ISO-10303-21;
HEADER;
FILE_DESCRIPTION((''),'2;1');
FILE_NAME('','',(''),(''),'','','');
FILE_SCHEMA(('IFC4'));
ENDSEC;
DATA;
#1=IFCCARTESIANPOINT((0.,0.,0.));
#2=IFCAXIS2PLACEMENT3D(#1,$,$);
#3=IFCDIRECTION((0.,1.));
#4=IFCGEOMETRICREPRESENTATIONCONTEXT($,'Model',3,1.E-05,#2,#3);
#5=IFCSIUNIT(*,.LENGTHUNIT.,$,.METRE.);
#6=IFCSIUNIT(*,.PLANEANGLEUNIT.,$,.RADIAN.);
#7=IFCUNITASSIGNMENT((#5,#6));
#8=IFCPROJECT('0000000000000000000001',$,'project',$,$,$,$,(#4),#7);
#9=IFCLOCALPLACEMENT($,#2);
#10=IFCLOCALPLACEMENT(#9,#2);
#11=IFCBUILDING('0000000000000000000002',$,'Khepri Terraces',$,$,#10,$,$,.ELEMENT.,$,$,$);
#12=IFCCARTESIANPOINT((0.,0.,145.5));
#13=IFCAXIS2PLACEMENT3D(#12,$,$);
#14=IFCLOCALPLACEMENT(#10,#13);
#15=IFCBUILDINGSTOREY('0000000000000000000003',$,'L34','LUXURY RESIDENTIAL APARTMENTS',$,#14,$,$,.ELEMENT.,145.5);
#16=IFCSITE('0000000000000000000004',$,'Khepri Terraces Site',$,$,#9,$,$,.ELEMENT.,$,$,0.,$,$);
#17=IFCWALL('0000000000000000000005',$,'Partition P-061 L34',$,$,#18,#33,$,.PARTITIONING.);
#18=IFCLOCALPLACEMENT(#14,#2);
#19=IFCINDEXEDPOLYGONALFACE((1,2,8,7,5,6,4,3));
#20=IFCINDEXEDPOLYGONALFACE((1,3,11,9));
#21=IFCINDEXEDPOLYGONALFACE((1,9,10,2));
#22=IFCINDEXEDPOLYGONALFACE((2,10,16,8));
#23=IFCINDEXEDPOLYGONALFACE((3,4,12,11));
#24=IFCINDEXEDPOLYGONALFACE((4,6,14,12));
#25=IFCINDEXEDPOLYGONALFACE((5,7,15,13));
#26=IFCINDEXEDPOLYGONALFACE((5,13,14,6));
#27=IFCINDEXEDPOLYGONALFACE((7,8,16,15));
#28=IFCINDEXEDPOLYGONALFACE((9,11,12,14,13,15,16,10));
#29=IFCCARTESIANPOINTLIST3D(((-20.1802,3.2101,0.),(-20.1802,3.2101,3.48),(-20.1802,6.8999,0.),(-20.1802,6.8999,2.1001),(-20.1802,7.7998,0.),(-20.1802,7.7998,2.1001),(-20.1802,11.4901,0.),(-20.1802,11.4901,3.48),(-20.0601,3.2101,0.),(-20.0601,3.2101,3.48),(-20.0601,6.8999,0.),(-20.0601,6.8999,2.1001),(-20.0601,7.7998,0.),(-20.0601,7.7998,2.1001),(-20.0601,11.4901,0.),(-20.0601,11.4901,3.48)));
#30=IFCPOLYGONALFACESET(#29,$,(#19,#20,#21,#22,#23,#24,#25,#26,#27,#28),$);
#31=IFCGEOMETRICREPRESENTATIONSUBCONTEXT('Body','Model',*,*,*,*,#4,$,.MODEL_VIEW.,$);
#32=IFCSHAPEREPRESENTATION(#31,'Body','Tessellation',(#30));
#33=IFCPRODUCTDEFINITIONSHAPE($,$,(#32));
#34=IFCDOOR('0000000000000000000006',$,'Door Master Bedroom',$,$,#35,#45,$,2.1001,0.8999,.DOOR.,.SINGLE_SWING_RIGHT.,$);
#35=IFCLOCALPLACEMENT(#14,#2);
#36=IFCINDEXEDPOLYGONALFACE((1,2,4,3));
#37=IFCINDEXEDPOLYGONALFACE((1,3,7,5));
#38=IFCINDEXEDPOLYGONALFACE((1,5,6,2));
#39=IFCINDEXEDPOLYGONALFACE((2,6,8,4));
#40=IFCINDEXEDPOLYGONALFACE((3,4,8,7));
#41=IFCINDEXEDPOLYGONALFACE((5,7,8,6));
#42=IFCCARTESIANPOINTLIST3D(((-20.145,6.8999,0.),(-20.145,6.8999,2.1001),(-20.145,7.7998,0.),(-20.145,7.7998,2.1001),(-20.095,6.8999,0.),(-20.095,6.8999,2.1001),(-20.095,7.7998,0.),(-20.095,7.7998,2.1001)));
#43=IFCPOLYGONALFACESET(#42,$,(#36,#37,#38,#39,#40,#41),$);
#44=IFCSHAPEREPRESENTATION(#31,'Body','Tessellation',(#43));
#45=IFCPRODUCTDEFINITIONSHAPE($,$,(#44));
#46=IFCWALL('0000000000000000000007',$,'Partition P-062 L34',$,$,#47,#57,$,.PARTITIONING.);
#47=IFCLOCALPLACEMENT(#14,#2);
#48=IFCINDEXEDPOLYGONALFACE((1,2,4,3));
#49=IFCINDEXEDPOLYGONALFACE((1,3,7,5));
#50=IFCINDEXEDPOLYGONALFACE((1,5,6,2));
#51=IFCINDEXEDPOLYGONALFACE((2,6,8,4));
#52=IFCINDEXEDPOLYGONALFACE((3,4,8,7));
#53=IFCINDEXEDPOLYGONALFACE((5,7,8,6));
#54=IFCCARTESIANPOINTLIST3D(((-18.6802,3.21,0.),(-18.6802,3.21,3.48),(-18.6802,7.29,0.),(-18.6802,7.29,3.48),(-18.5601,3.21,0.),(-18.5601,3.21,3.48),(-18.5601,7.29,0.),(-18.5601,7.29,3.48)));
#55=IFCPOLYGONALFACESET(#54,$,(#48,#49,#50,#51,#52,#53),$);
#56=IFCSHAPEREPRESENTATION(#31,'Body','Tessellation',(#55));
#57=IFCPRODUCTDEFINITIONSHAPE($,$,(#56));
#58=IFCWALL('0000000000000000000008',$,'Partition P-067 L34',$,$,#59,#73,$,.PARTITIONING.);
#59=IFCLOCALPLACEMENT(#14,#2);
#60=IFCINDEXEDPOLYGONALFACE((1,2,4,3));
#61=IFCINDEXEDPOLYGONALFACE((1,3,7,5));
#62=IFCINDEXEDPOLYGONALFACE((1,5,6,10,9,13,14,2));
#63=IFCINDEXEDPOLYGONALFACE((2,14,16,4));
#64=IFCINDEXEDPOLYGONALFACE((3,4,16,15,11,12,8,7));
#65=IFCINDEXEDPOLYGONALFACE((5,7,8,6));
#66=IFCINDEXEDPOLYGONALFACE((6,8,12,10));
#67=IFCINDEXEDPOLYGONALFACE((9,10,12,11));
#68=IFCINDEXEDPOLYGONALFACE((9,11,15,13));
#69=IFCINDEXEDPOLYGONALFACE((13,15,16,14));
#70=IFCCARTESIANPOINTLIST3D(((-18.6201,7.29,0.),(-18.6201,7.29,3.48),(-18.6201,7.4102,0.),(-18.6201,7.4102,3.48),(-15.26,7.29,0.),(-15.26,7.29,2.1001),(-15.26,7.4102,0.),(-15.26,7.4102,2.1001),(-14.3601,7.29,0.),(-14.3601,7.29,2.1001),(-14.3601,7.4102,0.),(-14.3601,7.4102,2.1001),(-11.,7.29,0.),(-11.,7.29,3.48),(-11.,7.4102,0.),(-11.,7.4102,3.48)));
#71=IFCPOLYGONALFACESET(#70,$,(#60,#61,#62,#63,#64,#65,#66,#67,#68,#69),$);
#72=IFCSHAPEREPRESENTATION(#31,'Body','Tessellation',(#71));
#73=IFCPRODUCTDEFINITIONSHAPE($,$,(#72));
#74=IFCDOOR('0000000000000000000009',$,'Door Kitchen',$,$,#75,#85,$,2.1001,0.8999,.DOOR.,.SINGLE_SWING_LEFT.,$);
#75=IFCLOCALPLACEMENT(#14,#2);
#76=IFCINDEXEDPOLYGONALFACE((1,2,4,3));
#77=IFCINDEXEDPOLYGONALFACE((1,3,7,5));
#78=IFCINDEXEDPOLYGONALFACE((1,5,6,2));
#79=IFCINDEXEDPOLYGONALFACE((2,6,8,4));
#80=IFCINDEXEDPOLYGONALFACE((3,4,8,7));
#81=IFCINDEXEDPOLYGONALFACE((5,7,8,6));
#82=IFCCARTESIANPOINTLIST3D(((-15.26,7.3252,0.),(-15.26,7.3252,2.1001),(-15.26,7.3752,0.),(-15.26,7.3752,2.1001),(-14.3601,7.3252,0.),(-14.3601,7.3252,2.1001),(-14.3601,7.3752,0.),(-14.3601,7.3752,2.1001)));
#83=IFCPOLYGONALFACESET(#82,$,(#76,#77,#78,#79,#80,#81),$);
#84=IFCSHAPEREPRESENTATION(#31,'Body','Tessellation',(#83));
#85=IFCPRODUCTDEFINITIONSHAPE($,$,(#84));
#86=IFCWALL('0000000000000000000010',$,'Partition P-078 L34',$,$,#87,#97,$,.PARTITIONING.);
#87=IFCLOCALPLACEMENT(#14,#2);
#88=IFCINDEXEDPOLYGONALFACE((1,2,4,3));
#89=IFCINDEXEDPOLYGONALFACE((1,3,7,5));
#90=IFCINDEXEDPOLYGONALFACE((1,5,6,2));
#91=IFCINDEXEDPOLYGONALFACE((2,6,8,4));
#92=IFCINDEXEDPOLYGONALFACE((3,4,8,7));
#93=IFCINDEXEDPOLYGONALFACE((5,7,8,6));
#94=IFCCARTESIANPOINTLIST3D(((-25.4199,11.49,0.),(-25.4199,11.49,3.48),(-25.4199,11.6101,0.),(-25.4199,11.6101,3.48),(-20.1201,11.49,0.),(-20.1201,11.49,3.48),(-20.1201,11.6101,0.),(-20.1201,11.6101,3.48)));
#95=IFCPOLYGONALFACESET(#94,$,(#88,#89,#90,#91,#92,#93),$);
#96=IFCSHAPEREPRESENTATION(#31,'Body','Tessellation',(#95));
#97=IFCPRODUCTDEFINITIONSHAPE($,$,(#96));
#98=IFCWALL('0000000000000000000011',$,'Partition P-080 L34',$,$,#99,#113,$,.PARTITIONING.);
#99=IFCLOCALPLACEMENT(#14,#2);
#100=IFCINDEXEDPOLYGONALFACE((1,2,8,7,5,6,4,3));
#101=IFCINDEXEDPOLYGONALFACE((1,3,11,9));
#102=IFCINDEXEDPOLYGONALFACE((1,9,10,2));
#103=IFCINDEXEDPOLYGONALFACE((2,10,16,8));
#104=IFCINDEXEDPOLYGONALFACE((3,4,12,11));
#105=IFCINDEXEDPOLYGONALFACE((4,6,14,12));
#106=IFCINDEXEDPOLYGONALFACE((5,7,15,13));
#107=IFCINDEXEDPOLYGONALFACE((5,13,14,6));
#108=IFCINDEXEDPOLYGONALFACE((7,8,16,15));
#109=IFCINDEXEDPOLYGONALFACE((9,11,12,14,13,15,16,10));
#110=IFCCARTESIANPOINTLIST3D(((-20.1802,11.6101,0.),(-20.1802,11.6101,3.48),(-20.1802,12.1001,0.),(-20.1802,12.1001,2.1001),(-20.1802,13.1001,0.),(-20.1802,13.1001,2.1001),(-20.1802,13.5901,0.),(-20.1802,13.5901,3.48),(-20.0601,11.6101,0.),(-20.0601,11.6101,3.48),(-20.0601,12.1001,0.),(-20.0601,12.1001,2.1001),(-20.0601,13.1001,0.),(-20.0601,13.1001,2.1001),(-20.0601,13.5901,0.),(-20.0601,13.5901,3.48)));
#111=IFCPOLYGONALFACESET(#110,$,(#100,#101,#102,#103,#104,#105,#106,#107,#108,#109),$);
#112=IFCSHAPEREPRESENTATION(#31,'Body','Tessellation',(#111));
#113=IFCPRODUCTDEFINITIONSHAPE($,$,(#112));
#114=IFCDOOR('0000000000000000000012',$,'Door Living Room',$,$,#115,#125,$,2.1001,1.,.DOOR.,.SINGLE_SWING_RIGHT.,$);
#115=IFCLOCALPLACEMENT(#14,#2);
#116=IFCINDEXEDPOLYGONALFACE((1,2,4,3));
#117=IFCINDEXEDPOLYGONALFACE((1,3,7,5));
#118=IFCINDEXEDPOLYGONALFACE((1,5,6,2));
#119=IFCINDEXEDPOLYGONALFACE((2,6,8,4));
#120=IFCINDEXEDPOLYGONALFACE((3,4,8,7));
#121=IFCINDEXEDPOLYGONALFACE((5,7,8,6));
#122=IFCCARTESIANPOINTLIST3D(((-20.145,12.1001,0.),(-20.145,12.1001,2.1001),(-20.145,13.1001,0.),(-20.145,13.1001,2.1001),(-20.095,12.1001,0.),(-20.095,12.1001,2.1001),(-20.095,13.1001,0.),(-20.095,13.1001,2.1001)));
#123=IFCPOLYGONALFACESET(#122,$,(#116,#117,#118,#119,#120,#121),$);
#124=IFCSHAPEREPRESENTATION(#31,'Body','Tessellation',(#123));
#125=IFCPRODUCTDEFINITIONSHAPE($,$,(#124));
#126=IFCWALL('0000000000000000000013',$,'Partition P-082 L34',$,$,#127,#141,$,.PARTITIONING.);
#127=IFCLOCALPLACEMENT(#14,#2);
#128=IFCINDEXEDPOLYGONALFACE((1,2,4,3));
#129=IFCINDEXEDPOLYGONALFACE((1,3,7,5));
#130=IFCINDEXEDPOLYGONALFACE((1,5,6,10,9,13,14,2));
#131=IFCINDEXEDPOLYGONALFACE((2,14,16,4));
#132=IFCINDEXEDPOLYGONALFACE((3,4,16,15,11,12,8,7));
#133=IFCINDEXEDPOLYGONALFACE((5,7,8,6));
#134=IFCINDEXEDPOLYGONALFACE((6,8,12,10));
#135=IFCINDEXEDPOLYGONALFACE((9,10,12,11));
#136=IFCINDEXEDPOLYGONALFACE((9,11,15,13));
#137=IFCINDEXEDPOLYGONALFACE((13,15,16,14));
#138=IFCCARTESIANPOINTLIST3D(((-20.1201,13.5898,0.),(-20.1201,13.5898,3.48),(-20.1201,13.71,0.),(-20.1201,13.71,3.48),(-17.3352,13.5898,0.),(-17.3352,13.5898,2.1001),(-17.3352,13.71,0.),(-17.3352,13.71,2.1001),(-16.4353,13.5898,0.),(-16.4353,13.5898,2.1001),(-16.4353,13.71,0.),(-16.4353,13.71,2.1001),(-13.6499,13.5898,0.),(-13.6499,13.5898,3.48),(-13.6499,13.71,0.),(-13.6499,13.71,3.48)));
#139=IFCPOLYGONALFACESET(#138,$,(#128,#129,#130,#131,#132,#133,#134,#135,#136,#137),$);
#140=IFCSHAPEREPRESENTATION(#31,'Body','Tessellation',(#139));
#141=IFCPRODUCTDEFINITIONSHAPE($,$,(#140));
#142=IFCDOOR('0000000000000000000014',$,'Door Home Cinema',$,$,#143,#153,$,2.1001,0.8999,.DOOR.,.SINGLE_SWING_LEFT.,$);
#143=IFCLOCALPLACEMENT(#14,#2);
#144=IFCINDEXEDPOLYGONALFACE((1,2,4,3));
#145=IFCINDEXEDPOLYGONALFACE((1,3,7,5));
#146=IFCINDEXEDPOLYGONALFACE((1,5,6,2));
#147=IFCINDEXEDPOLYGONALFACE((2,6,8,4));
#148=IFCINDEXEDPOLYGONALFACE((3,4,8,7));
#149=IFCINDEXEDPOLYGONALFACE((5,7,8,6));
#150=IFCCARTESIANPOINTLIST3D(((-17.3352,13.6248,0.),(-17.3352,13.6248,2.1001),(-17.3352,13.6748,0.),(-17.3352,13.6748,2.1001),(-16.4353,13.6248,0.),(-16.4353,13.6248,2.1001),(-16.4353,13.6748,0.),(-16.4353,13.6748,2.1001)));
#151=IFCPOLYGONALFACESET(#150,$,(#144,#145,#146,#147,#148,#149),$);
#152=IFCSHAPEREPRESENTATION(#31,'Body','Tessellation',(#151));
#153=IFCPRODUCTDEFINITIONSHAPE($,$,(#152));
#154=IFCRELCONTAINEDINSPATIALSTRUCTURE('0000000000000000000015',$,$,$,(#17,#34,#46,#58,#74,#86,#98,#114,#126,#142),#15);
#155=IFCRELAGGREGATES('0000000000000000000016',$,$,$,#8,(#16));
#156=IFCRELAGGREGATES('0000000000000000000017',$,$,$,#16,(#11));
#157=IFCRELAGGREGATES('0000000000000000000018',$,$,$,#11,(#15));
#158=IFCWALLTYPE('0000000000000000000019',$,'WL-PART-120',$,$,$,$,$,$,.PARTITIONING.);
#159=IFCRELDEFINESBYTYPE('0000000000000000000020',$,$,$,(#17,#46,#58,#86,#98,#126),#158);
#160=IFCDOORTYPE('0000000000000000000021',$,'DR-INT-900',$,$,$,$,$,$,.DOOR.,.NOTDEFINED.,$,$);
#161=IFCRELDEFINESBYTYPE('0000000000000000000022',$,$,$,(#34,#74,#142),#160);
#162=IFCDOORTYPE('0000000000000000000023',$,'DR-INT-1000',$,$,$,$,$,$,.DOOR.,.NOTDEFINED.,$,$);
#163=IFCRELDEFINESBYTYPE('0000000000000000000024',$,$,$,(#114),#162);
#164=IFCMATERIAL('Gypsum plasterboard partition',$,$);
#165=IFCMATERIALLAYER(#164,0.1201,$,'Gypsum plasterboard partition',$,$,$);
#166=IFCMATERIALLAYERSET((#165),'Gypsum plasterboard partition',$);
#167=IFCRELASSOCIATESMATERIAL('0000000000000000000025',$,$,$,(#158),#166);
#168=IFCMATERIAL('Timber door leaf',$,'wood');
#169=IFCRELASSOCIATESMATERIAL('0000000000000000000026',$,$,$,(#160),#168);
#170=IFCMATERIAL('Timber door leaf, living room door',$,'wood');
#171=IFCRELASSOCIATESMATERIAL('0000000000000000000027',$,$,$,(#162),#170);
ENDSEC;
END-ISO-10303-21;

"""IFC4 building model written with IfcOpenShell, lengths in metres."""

from ifc_helpers import new_model, si_unit, direction, frame, frame_2d, origin, place, context, subcontext, project, spatial, rectangle, extrude, material, layer, layer_set, type_object, element, fill, save


model = new_model("IFC4")

# Units and contexts
model_context = context("Model", 3, precision=1e-05, world=origin(), true_north=direction((0.0, 1.0)))
body_context = subcontext(model_context, "Body", "Model", "MODEL_VIEW")
ifc_project = project(units=[si_unit("LENGTHUNIT", "METRE"), si_unit("PLANEANGLEUNIT", "RADIAN")], contexts=[model_context])

# Site, building, storey
site_placement = place(None, origin())
site = spatial("IfcSite", under=ifc_project, at=site_placement, Name="Khepri Terraces Site", CompositionType="ELEMENT", RefElevation=0.0)
building_placement = place(site_placement, origin())
building = spatial("IfcBuilding", under=site, at=building_placement, Name="Khepri Terraces", CompositionType="ELEMENT")
storey_placement = place(building_placement, frame((0.0, 0.0, 145.5)))
storey = spatial("IfcBuildingStorey", under=building, at=storey_placement, Name="L34", Description="LUXURY RESIDENTIAL APARTMENTS", CompositionType="ELEMENT", Elevation=145.5)

# Shared definitions
ifc_material_1 = material(Name="Gypsum plasterboard partition")
ifc_layer_1 = layer(ifc_material_1, 0.1201, Name="Gypsum plasterboard partition")
ifc_layer_set_1 = layer_set([ifc_layer_1], Name="Gypsum plasterboard partition")
wall_type_1 = type_object("IfcWallType", Name="WL-PART-120", PredefinedType="PARTITIONING", material=ifc_layer_set_1)

# Shared definitions
ifc_material_2 = material(Name="Timber door leaf", Category="wood")
door_type_1 = type_object("IfcDoorType", Name="DR-INT-900", OperationType="NOTDEFINED", PredefinedType="DOOR", material=ifc_material_2)

# Wall, opening, door
wall_1_placement = place(storey_placement, frame((-20.1201, 3.21, 0.0), z_axis=(0.0, 0.0, 1.0), x_axis=(0.0, 1.0, 0.0)))
wall_1 = element("IfcWall", 1, at=wall_1_placement, inside=storey, type_object=wall_type_1, Name="Partition P-061 L34", PredefinedType="PARTITIONING", context=body_context, shape_type="SweptSolid", body=[
    extrude(rectangle(XDim=8.28, YDim=0.1201, at=frame_2d((4.1401, 0.0))), origin(), (0.0, 0.0, 1.0), 3.48),
])
opening_1_placement = place(wall_1_placement, frame((3.6899, 0.0, 0.0)))
opening_1 = element("IfcOpeningElement", 2, at=opening_1_placement, cuts=wall_1, PredefinedType="OPENING", context=body_context, shape_type="SweptSolid", body=[
    extrude(rectangle(XDim=0.8999, YDim=2.1001, at=frame_2d((0.45, 1.05))), frame((0.0, 0.0701, 0.0), z_axis=(0.0, -1.0, 0.0), x_axis=(1.0, 0.0, 0.0)), (0.0, 0.0, 1.0), 0.1401),
])
door_1_placement = place(opening_1_placement, origin())
door_1 = element("IfcDoor", 3, at=door_1_placement, inside=storey, type_object=door_type_1, Name="Door Master Bedroom", OperationType="SINGLE_SWING_RIGHT", OverallHeight=2.1001, OverallWidth=0.8999, PredefinedType="DOOR", context=body_context, shape_type="SweptSolid", body=[
    extrude(rectangle(XDim=0.8999, YDim=2.1001, at=frame_2d((0.45, 1.05))), frame((0.0, 0.0249, 0.0), z_axis=(0.0, -1.0, 0.0), x_axis=(1.0, 0.0, 0.0)), (0.0, 0.0, 1.0), 0.05),
])
fill(opening_1, door_1)

# Wall
wall_2_placement = place(storey_placement, frame((-18.6201, 3.21, 0.0), z_axis=(0.0, 0.0, 1.0), x_axis=(0.0, 1.0, 0.0)))
element("IfcWall", 4, at=wall_2_placement, inside=storey, type_object=wall_type_1, Name="Partition P-062 L34", PredefinedType="PARTITIONING", context=body_context, shape_type="SweptSolid", body=[
    extrude(rectangle(XDim=4.0801, YDim=0.1201, at=frame_2d((2.04, 0.0))), origin(), (0.0, 0.0, 1.0), 3.48),
])

# Wall, opening, door
wall_3_placement = place(storey_placement, frame((-18.6201, 7.3501, 0.0), z_axis=(0.0, 0.0, 1.0), x_axis=(1.0, 0.0, 0.0)))
wall_3 = element("IfcWall", 5, at=wall_3_placement, inside=storey, type_object=wall_type_1, Name="Partition P-067 L34", PredefinedType="PARTITIONING", context=body_context, shape_type="SweptSolid", body=[
    extrude(rectangle(XDim=7.6201, YDim=0.1201, at=frame_2d((3.8101, 0.0))), origin(), (0.0, 0.0, 1.0), 3.48),
])
opening_2_placement = place(wall_3_placement, frame((3.3601, 0.0, 0.0)))
opening_2 = element("IfcOpeningElement", 6, at=opening_2_placement, cuts=wall_3, PredefinedType="OPENING", context=body_context, shape_type="SweptSolid", body=[
    extrude(rectangle(XDim=0.8999, YDim=2.1001, at=frame_2d((0.45, 1.05))), frame((0.0, 0.0701, 0.0), z_axis=(0.0, -1.0, 0.0), x_axis=(1.0, 0.0, 0.0)), (0.0, 0.0, 1.0), 0.1401),
])
door_2_placement = place(opening_2_placement, frame((0.8999, 0.0, 0.0), z_axis=(0.0, 0.0, 1.0), x_axis=(-1.0, 0.0, 0.0)))
door_2 = element("IfcDoor", 7, at=door_2_placement, inside=storey, type_object=door_type_1, Name="Door Kitchen", OperationType="SINGLE_SWING_LEFT", OverallHeight=2.1001, OverallWidth=0.8999, PredefinedType="DOOR", context=body_context, shape_type="SweptSolid", body=[
    extrude(rectangle(XDim=0.8999, YDim=2.1001, at=frame_2d((0.45, 1.05))), frame((0.0, 0.0249, 0.0), z_axis=(0.0, -1.0, 0.0), x_axis=(1.0, 0.0, 0.0)), (0.0, 0.0, 1.0), 0.05),
])
fill(opening_2, door_2)

# Wall
wall_4_placement = place(storey_placement, frame((-25.4199, 11.55, 0.0), z_axis=(0.0, 0.0, 1.0), x_axis=(1.0, 0.0, 0.0)))
element("IfcWall", 8, at=wall_4_placement, inside=storey, type_object=wall_type_1, Name="Partition P-078 L34", PredefinedType="PARTITIONING", context=body_context, shape_type="SweptSolid", body=[
    extrude(rectangle(XDim=5.2998, YDim=0.1201, at=frame_2d((2.6499, 0.0))), origin(), (0.0, 0.0, 1.0), 3.48),
])

# Walls, openings, doors
wall_5_placement = place(storey_placement, frame((-20.1201, 11.6101, 0.0), z_axis=(0.0, 0.0, 1.0), x_axis=(0.0, 1.0, 0.0)))
wall_5 = element("IfcWall", 9, at=wall_5_placement, inside=storey, type_object=wall_type_1, Name="Partition P-080 L34", PredefinedType="PARTITIONING", context=body_context, shape_type="SweptSolid", body=[
    extrude(rectangle(XDim=1.98, YDim=0.1201, at=frame_2d((0.99, 0.0))), origin(), (0.0, 0.0, 1.0), 3.48),
])
opening_3_placement = place(wall_5_placement, frame((0.49, 0.0, 0.0)))
opening_3 = element("IfcOpeningElement", 10, at=opening_3_placement, cuts=wall_5, PredefinedType="OPENING", context=body_context, shape_type="SweptSolid", body=[
    extrude(rectangle(XDim=1.0, YDim=2.1001, at=frame_2d((0.5, 1.05))), frame((0.0, 0.0701, 0.0), z_axis=(0.0, -1.0, 0.0), x_axis=(1.0, 0.0, 0.0)), (0.0, 0.0, 1.0), 0.1401),
])
ifc_material_3 = material(Name="Timber door leaf, living room door", Category="wood")
door_type_2 = type_object("IfcDoorType", Name="DR-INT-1000", OperationType="NOTDEFINED", PredefinedType="DOOR", material=ifc_material_3)
door_3_placement = place(opening_3_placement, origin())
door_3 = element("IfcDoor", 11, at=door_3_placement, inside=storey, type_object=door_type_2, Name="Door Living Room", OperationType="SINGLE_SWING_RIGHT", OverallHeight=2.1001, OverallWidth=1.0, PredefinedType="DOOR", context=body_context, shape_type="SweptSolid", body=[
    extrude(rectangle(XDim=1.0, YDim=2.1001, at=frame_2d((0.5, 1.05))), frame((0.0, 0.0249, 0.0), z_axis=(0.0, -1.0, 0.0), x_axis=(1.0, 0.0, 0.0)), (0.0, 0.0, 1.0), 0.05),
])
fill(opening_3, door_3)
wall_6_placement = place(storey_placement, frame((-20.1201, 13.6499, 0.0), z_axis=(0.0, 0.0, 1.0), x_axis=(1.0, 0.0, 0.0)))
wall_6 = element("IfcWall", 12, at=wall_6_placement, inside=storey, type_object=wall_type_1, Name="Partition P-082 L34", PredefinedType="PARTITIONING", context=body_context, shape_type="SweptSolid", body=[
    extrude(rectangle(XDim=6.4702, YDim=0.1201, at=frame_2d((3.2351, 0.0))), origin(), (0.0, 0.0, 1.0), 3.48),
])
opening_4_placement = place(wall_6_placement, frame((2.7849, 0.0, 0.0)))
opening_4 = element("IfcOpeningElement", 13, at=opening_4_placement, cuts=wall_6, PredefinedType="OPENING", context=body_context, shape_type="SweptSolid", body=[
    extrude(rectangle(XDim=0.8999, YDim=2.1001, at=frame_2d((0.45, 1.05))), frame((0.0, 0.0701, 0.0), z_axis=(0.0, -1.0, 0.0), x_axis=(1.0, 0.0, 0.0)), (0.0, 0.0, 1.0), 0.1401),
])
door_4_placement = place(opening_4_placement, origin())
door_4 = element("IfcDoor", 14, at=door_4_placement, inside=storey, type_object=door_type_1, Name="Door Home Cinema", OperationType="SINGLE_SWING_LEFT", OverallHeight=2.1001, OverallWidth=0.8999, PredefinedType="DOOR", context=body_context, shape_type="SweptSolid", body=[
    extrude(rectangle(XDim=0.8999, YDim=2.1001, at=frame_2d((0.45, 1.05))), frame((0.0, 0.0249, 0.0), z_axis=(0.0, -1.0, 0.0), x_axis=(1.0, 0.0, 0.0)), (0.0, 0.0, 1.0), 0.05),
])
fill(opening_4, door_4)

save(model, "model.ifc")
